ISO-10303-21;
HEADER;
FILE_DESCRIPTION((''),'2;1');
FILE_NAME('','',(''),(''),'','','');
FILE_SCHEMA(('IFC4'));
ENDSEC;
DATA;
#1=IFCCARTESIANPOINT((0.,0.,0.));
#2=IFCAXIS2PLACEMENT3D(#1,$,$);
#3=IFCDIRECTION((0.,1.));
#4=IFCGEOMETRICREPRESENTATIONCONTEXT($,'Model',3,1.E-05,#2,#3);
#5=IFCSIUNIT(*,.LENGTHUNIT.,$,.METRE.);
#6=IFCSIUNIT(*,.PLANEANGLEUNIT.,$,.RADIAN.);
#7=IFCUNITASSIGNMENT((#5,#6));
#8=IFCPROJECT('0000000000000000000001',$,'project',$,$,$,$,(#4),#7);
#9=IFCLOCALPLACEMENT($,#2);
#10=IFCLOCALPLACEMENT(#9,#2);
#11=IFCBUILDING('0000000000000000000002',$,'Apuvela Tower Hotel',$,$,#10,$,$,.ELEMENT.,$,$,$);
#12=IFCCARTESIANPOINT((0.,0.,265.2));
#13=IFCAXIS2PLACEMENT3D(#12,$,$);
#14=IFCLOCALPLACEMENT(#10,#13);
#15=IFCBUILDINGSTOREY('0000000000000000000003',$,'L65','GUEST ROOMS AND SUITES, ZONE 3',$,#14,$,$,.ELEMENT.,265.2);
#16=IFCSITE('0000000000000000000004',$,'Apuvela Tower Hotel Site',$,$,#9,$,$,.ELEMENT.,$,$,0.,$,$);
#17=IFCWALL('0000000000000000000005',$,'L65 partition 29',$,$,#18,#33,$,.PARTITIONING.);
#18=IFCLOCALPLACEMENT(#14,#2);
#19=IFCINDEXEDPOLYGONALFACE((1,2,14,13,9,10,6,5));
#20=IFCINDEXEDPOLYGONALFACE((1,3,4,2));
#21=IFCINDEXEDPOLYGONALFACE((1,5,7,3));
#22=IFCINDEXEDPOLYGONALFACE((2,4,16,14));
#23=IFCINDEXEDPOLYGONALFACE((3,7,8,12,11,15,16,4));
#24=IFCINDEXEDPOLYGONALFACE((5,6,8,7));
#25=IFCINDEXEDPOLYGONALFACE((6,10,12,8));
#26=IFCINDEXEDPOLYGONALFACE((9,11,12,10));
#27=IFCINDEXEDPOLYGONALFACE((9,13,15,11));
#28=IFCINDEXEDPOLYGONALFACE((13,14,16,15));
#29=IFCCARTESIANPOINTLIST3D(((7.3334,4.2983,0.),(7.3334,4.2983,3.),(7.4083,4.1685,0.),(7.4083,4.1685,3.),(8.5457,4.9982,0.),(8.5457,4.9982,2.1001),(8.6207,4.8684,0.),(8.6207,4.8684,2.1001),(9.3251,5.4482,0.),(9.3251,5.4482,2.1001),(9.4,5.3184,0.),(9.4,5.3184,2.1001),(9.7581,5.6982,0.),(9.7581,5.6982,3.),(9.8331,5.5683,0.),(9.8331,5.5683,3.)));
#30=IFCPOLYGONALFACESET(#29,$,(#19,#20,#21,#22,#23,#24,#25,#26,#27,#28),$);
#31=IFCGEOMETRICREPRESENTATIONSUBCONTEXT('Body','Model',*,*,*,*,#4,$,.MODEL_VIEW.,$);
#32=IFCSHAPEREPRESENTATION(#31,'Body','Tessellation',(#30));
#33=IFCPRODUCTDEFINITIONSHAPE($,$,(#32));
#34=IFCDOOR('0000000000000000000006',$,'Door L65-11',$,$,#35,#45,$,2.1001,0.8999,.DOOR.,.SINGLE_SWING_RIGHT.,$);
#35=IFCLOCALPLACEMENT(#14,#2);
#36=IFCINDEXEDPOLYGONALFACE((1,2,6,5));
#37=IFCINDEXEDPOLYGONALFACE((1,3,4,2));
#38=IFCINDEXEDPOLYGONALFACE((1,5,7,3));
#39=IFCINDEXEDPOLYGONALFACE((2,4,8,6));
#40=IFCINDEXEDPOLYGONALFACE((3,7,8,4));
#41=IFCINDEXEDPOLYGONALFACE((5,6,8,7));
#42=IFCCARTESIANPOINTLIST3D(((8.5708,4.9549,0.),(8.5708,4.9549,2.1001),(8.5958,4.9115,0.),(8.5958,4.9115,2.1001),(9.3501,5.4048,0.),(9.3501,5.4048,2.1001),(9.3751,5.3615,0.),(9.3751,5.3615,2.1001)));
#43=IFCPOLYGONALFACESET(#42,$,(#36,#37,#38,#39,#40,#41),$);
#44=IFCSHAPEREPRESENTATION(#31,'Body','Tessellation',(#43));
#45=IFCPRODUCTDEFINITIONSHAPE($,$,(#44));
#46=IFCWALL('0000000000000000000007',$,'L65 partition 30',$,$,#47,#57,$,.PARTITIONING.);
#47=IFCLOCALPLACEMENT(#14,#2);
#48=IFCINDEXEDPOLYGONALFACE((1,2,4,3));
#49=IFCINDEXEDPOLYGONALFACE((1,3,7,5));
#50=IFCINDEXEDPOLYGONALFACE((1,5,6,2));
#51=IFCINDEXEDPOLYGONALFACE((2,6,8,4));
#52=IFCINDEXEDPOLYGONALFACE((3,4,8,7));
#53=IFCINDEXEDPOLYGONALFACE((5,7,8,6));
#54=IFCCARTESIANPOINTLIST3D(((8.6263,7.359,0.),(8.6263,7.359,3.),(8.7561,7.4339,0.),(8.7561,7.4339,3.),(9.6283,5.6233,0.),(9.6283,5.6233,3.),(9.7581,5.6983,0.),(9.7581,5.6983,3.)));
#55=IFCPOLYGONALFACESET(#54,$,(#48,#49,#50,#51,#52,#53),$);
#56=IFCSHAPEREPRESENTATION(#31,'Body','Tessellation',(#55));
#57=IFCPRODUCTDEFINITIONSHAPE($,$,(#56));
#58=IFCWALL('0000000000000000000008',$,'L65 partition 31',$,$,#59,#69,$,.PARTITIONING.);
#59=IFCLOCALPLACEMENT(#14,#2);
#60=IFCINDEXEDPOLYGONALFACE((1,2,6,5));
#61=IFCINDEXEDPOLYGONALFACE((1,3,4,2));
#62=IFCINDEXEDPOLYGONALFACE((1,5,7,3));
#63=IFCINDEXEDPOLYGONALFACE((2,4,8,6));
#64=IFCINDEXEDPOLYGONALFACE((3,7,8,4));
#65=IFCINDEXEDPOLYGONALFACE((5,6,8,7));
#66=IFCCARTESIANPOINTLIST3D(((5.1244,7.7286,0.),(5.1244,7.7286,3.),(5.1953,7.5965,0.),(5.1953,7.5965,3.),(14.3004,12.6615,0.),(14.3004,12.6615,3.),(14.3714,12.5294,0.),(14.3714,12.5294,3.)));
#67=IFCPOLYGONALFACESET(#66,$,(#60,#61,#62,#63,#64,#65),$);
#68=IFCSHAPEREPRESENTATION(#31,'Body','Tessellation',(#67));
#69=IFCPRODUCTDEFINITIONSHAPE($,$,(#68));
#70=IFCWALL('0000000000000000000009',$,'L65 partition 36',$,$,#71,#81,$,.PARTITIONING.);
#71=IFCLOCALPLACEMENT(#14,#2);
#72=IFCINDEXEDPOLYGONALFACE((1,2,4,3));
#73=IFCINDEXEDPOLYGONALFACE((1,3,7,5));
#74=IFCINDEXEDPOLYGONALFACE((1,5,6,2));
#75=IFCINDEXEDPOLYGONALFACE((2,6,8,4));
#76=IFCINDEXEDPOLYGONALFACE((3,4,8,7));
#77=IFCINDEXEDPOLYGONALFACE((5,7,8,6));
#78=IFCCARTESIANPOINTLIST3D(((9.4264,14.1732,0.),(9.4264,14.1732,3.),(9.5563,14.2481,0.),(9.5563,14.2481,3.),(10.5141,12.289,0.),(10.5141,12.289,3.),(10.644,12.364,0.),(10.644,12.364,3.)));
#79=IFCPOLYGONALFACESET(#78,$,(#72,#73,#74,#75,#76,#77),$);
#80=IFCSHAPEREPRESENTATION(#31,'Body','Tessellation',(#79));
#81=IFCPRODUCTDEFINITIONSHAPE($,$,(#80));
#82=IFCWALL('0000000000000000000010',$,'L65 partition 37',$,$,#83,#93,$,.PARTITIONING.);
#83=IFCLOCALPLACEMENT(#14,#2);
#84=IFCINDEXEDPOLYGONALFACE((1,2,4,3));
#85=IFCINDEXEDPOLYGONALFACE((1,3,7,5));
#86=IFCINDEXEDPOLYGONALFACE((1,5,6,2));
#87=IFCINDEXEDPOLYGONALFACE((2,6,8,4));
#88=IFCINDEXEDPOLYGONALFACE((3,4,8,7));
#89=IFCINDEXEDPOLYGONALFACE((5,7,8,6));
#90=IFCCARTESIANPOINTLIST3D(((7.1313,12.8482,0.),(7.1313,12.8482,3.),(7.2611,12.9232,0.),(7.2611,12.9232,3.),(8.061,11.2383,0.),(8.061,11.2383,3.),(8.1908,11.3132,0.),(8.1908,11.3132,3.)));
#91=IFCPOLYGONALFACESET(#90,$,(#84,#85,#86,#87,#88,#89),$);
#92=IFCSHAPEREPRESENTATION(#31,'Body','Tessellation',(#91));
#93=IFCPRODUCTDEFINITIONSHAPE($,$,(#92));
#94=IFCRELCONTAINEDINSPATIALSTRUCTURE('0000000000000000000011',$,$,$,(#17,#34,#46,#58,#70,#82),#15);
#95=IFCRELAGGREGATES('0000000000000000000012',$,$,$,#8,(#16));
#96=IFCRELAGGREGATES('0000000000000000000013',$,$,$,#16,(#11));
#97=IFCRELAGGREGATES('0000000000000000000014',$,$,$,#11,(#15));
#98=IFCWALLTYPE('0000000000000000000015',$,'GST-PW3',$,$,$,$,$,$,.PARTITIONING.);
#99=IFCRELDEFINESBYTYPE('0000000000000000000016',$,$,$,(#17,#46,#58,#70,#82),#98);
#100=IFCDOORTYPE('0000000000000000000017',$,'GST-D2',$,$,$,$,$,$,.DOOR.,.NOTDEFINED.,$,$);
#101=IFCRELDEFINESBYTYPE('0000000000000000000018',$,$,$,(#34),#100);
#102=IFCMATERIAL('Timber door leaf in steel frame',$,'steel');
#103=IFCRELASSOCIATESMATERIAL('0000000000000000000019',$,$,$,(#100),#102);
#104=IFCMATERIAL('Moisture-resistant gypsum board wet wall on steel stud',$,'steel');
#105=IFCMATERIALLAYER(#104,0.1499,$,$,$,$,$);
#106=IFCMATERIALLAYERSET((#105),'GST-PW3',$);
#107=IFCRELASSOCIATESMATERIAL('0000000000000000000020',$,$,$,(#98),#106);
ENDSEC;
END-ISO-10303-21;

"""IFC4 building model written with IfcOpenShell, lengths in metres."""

from ifc_helpers import new_model, si_unit, direction, frame, frame_2d, origin, place, context, subcontext, project, spatial, rectangle, extrude, material, layer, layer_set, type_object, element, fill, save


model = new_model("IFC4")

# Units and contexts
model_context = context("Model", 3, precision=1e-05, world=origin(), true_north=direction((0.0, 1.0)))
body_context = subcontext(model_context, "Body", "Model", "MODEL_VIEW")
ifc_project = project(units=[si_unit("LENGTHUNIT", "METRE"), si_unit("PLANEANGLEUNIT", "RADIAN")], contexts=[model_context])

# Site, building, storey
site_placement = place(None, origin())
site = spatial("IfcSite", under=ifc_project, at=site_placement, Name="Apuvela Tower Hotel Site", CompositionType="ELEMENT", RefElevation=0.0)
building_placement = place(site_placement, origin())
building = spatial("IfcBuilding", under=site, at=building_placement, Name="Apuvela Tower Hotel", CompositionType="ELEMENT")
storey_placement = place(building_placement, frame((0.0, 0.0, 265.2)))
storey = spatial("IfcBuildingStorey", under=building, at=storey_placement, Name="L65", Description="GUEST ROOMS AND SUITES, ZONE 3", CompositionType="ELEMENT", Elevation=265.2)

# Shared definitions
ifc_material_1 = material(Name="Timber door leaf in steel frame", Category="steel")
door_type_1 = type_object("IfcDoorType", Name="GST-D2", OperationType="NOTDEFINED", PredefinedType="DOOR", material=ifc_material_1)
ifc_material_2 = material(Name="Moisture-resistant gypsum board wet wall on steel stud", Category="steel")
ifc_layer_1 = layer(ifc_material_2, 0.1499)
ifc_layer_set_1 = layer_set([ifc_layer_1], Name="GST-PW3")
wall_type_1 = type_object("IfcWallType", Name="GST-PW3", PredefinedType="PARTITIONING", material=ifc_layer_set_1)

# Wall, opening, door
wall_1_placement = place(storey_placement, frame((7.3708, 4.2334, 0.0), z_axis=(0.0, 0.0, 1.0), x_axis=(0.866035, 0.499984, 0.0)))
wall_1 = element("IfcWall", 1, at=wall_1_placement, inside=storey, type_object=wall_type_1, Name="L65 partition 29", PredefinedType="PARTITIONING", context=body_context, shape_type="SweptSolid", body=[
    extrude(rectangle(XDim=2.7998, YDim=0.1499, at=frame_2d((1.3999, 0.0))), origin(), (0.0, 0.0, 1.0), 3.0),
])
opening_1_placement = place(wall_1_placement, frame((1.3999, 0.0, 0.0)))
opening_1 = element("IfcOpeningElement", 2, at=opening_1_placement, cuts=wall_1, PredefinedType="OPENING", context=body_context, shape_type="SweptSolid", body=[
    extrude(rectangle(XDim=0.8999, YDim=2.1001, at=frame_2d((0.45, 1.05))), frame((0.0, 0.085, 0.0), z_axis=(0.0, -1.0, 0.0), x_axis=(1.0, 0.0, 0.0)), (0.0, 0.0, 1.0), 0.1699),
])
door_1_placement = place(opening_1_placement, origin())
door_1 = element("IfcDoor", 3, at=door_1_placement, inside=storey, type_object=door_type_1, Name="Door L65-11", OperationType="SINGLE_SWING_RIGHT", OverallHeight=2.1001, OverallWidth=0.8999, PredefinedType="DOOR", context=body_context, shape_type="SweptSolid", body=[
    extrude(rectangle(XDim=0.8999, YDim=2.1001, at=frame_2d((0.45, 1.05))), frame((0.0, 0.0249, 0.0), z_axis=(0.0, -1.0, 0.0), x_axis=(1.0, 0.0, 0.0)), (0.0, 0.0, 1.0), 0.05),
])
fill(opening_1, door_1)

# Walls
wall_2_placement = place(storey_placement, frame((9.6931, 5.6609, 0.0), z_axis=(0.0, 0.0, 1.0), x_axis=(-0.499965, 0.866046, 0.0)))
element("IfcWall", 4, at=wall_2_placement, inside=storey, type_object=wall_type_1, Name="L65 partition 30", PredefinedType="PARTITIONING", context=body_context, shape_type="SweptSolid", body=[
    extrude(rectangle(XDim=2.0042, YDim=0.1499, at=frame_2d((1.002, 0.0))), origin(), (0.0, 0.0, 1.0), 3.0),
])
wall_3_placement = place(storey_placement, frame((14.3359, 12.5955, 0.0), z_axis=(0.0, 0.0, 1.0), x_axis=(-0.880794, -0.473499, 0.0)))
element("IfcWall", 5, at=wall_3_placement, inside=storey, type_object=wall_type_1, Name="L65 partition 31", PredefinedType="PARTITIONING", context=body_context, shape_type="SweptSolid", body=[
    extrude(rectangle(XDim=10.418, YDim=0.1499, at=frame_2d((5.209, 0.0))), origin(), (0.0, 0.0, 1.0), 3.0),
])
wall_4_placement = place(storey_placement, frame((10.5791, 12.3264, 0.0), z_axis=(0.0, 0.0, 1.0), x_axis=(-0.499965, 0.866045, 0.0)))
element("IfcWall", 6, at=wall_4_placement, inside=storey, type_object=wall_type_1, Name="L65 partition 36", PredefinedType="PARTITIONING", context=body_context, shape_type="SweptSolid", body=[
    extrude(rectangle(XDim=2.1755, YDim=0.1499, at=frame_2d((1.0879, 0.0))), origin(), (0.0, 0.0, 1.0), 3.0),
])
wall_5_placement = place(storey_placement, frame((8.126, 11.2756, 0.0), z_axis=(0.0, 0.0, 1.0), x_axis=(-0.500094, 0.865971, 0.0)))
element("IfcWall", 7, at=wall_5_placement, inside=storey, type_object=wall_type_1, Name="L65 partition 37", PredefinedType="PARTITIONING", context=body_context, shape_type="SweptSolid", body=[
    extrude(rectangle(XDim=1.8591, YDim=0.1499, at=frame_2d((0.9297, 0.0))), origin(), (0.0, 0.0, 1.0), 3.0),
])

save(model, "model.ifc")
